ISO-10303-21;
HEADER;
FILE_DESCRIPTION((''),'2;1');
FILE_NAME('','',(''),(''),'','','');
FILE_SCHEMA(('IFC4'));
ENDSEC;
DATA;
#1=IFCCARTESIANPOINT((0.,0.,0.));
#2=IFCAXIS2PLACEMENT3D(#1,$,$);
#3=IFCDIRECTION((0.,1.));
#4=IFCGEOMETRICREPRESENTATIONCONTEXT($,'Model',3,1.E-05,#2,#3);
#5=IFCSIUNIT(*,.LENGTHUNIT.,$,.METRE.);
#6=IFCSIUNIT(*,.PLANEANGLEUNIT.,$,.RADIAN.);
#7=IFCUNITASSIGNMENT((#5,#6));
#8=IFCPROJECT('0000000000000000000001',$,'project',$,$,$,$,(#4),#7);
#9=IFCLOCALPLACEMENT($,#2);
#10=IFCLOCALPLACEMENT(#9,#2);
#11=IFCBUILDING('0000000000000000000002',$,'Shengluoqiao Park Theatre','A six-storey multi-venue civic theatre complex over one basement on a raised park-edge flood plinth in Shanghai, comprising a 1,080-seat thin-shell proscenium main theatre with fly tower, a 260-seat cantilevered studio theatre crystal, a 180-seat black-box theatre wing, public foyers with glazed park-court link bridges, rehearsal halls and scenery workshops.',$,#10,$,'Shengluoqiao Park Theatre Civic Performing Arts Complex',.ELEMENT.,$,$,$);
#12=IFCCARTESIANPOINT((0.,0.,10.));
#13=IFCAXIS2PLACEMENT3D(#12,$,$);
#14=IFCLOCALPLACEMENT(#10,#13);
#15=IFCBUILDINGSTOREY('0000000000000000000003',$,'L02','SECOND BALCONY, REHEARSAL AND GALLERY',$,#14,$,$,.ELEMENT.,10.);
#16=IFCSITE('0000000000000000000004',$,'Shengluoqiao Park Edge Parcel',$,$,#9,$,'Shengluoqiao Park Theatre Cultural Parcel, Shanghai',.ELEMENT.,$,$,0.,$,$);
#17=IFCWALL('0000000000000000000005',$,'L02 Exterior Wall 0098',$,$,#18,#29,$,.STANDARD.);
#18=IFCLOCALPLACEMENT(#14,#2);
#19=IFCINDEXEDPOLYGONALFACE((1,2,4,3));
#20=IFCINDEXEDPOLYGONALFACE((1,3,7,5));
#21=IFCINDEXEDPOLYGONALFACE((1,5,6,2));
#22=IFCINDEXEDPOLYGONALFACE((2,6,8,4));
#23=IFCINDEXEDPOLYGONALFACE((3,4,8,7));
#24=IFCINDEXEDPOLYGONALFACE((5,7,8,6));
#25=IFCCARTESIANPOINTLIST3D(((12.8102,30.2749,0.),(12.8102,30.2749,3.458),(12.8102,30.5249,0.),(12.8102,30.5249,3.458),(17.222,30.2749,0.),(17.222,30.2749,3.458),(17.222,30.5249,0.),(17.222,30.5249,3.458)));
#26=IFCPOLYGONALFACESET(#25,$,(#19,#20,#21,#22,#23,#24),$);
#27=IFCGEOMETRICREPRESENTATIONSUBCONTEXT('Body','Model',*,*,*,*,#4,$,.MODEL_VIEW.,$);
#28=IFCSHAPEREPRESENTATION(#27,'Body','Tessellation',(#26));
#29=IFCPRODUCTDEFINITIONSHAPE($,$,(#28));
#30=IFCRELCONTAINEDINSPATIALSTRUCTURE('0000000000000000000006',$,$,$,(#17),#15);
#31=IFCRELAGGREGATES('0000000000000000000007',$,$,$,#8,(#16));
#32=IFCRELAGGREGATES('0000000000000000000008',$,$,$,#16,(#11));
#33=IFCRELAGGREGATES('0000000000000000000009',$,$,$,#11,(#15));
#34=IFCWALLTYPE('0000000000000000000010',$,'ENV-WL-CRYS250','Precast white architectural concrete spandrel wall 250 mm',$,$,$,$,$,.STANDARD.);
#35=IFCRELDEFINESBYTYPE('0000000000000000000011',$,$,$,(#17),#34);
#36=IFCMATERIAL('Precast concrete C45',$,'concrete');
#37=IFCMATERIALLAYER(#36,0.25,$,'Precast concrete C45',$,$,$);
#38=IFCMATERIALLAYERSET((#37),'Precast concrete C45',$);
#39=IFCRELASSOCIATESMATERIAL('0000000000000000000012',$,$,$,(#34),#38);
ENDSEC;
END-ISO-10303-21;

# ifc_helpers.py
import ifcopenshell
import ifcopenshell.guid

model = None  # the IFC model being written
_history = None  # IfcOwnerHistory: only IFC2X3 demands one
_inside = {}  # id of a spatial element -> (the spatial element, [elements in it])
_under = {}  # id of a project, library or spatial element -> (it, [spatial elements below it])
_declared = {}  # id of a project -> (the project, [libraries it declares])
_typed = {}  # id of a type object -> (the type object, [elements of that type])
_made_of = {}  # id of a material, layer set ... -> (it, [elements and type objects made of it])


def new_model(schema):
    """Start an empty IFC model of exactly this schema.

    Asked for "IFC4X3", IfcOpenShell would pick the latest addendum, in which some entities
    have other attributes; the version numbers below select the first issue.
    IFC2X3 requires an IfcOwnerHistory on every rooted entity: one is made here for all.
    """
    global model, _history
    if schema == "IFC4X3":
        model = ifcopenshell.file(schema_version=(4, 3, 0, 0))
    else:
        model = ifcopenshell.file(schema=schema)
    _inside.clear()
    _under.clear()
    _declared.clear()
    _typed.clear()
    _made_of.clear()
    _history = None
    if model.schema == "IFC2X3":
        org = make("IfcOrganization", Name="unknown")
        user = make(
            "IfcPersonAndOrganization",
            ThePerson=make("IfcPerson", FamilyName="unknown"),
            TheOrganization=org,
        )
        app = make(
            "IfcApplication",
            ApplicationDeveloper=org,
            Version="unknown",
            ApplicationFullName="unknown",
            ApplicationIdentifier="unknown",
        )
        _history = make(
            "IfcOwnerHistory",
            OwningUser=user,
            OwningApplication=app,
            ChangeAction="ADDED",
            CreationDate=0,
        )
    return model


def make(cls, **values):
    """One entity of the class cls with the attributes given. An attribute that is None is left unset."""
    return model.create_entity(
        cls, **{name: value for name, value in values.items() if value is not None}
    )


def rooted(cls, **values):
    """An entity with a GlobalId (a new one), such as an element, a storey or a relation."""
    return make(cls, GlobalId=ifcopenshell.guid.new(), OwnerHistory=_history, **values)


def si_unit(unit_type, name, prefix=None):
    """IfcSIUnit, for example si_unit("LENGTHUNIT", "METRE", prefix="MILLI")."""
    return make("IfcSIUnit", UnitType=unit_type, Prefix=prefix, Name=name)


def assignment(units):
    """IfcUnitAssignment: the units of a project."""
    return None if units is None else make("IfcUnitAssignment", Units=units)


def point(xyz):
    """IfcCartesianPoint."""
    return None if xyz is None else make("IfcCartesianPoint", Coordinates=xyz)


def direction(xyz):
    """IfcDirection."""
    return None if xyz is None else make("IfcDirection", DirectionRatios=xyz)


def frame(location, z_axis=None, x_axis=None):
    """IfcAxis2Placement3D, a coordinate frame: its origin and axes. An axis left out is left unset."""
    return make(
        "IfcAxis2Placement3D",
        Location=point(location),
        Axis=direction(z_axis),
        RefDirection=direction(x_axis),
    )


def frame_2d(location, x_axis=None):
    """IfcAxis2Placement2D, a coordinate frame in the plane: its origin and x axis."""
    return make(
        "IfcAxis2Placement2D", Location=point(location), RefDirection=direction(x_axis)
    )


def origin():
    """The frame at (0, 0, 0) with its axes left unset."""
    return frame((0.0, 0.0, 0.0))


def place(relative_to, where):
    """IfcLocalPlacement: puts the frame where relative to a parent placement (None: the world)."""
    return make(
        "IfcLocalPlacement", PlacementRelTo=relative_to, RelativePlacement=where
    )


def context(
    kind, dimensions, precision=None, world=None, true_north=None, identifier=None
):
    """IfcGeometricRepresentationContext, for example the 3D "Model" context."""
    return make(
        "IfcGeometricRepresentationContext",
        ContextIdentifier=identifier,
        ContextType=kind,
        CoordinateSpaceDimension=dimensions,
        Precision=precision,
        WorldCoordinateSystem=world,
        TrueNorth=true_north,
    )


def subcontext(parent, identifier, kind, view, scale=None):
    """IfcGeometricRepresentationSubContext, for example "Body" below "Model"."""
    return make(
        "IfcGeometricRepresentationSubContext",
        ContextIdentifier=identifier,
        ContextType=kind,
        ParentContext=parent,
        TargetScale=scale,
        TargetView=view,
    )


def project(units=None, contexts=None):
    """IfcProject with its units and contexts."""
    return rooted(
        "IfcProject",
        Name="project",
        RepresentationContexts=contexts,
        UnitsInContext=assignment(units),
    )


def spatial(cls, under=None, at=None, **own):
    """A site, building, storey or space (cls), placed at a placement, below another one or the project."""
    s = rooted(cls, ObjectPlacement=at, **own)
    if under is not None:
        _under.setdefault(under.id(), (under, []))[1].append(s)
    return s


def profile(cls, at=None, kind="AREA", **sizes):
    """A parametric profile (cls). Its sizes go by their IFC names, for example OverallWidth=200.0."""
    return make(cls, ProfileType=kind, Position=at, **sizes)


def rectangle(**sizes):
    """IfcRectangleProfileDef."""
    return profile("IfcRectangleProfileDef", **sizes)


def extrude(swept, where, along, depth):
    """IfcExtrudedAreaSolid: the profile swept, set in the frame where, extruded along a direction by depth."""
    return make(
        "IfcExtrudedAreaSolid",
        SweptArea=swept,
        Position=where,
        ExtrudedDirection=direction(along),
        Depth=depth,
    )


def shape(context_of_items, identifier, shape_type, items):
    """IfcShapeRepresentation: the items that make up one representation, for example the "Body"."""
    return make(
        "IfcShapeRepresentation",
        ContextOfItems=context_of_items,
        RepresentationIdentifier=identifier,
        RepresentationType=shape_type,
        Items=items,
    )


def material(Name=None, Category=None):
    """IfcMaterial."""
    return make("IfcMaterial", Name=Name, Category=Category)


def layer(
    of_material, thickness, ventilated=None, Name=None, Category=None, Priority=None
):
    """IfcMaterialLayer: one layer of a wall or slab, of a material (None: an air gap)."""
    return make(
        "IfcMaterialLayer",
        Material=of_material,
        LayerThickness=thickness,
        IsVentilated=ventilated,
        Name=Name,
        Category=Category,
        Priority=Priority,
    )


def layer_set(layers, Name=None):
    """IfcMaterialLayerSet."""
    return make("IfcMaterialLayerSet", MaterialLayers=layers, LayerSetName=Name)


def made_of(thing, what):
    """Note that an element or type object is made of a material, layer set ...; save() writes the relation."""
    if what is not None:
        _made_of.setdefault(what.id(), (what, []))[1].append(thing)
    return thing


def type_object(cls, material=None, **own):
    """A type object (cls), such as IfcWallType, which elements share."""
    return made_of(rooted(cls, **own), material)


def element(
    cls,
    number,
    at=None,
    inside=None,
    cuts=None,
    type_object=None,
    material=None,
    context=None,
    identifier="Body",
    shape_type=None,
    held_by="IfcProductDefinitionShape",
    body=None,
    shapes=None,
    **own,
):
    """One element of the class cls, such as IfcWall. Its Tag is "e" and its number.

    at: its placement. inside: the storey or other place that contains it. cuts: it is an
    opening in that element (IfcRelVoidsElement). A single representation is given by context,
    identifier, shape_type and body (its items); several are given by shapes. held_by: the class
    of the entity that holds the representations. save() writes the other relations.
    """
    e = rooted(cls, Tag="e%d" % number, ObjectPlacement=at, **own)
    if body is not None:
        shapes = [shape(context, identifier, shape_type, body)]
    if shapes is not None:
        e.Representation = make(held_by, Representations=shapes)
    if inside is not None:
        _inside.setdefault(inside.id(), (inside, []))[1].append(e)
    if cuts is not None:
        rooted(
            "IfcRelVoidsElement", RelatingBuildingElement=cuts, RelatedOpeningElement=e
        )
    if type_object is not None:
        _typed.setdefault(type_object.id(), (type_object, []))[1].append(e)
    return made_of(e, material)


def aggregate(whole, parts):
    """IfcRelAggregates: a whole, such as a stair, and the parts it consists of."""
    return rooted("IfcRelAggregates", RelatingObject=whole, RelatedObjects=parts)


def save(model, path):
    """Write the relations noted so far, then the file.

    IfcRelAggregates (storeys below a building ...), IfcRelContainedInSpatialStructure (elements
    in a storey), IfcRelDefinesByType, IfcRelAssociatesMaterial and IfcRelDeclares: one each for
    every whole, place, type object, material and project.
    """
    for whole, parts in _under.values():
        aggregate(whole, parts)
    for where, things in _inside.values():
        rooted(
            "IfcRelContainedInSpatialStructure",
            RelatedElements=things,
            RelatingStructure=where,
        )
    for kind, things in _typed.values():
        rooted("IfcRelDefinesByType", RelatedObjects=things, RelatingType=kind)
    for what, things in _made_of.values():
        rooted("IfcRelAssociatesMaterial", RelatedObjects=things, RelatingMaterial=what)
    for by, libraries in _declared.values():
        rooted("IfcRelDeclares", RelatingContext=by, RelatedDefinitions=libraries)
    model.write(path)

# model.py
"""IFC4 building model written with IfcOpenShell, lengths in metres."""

from ifc_helpers import new_model, si_unit, direction, frame, frame_2d, origin, place, context, subcontext, project, spatial, rectangle, extrude, material, layer, layer_set, type_object, element, save


model = new_model("IFC4")

# Units and contexts
model_context = context("Model", 3, precision=1e-05, world=origin(), true_north=direction((0.0, 1.0)))
body_context = subcontext(model_context, "Body", "Model", "MODEL_VIEW")
ifc_project = project(units=[si_unit("LENGTHUNIT", "METRE"), si_unit("PLANEANGLEUNIT", "RADIAN")], contexts=[model_context])

# Site, building, storey
site_placement = place(None, origin())
site = spatial("IfcSite", under=ifc_project, at=site_placement, Name="Shengluoqiao Park Edge Parcel", LongName="Shengluoqiao Park Theatre Cultural Parcel, Shanghai", CompositionType="ELEMENT", RefElevation=0.0)
building_placement = place(site_placement, origin())
building = spatial("IfcBuilding", under=site, at=building_placement, Name="Shengluoqiao Park Theatre", Description="A six-storey multi-venue civic theatre complex over one basement on a raised park-edge flood plinth in Shanghai, comprising a 1,080-seat thin-shell proscenium main theatre with fly tower, a 260-seat cantilevered studio theatre crystal, a 180-seat black-box theatre wing, public foyers with glazed park-court link bridges, rehearsal halls and scenery workshops.", LongName="Shengluoqiao Park Theatre Civic Performing Arts Complex", CompositionType="ELEMENT")
storey_placement = place(building_placement, frame((0.0, 0.0, 10.0)))
storey = spatial("IfcBuildingStorey", under=building, at=storey_placement, Name="L02", Description="SECOND BALCONY, REHEARSAL AND GALLERY", CompositionType="ELEMENT", Elevation=10.0)

# Wall
ifc_material_1 = material(Name="Precast concrete C45", Category="concrete")
ifc_layer_1 = layer(ifc_material_1, 0.25, Name="Precast concrete C45")
ifc_layer_set_1 = layer_set([ifc_layer_1], Name="Precast concrete C45")
wall_type = type_object("IfcWallType", Name="ENV-WL-CRYS250", Description="Precast white architectural concrete spandrel wall 250 mm", PredefinedType="STANDARD", material=ifc_layer_set_1)
wall_placement = place(storey_placement, frame((12.8101, 30.3999, 0.0), z_axis=(0.0, 0.0, 1.0), x_axis=(1.0, 0.0, 0.0)))
element("IfcWall", 1, at=wall_placement, inside=storey, type_object=wall_type, Name="L02 Exterior Wall 0098", PredefinedType="STANDARD", context=body_context, shape_type="SweptSolid", body=[
    extrude(rectangle(XDim=4.4119, YDim=0.25, at=frame_2d((2.2061, 0.0))), origin(), (0.0, 0.0, 1.0), 3.458),
])

save(model, "model.ifc")
